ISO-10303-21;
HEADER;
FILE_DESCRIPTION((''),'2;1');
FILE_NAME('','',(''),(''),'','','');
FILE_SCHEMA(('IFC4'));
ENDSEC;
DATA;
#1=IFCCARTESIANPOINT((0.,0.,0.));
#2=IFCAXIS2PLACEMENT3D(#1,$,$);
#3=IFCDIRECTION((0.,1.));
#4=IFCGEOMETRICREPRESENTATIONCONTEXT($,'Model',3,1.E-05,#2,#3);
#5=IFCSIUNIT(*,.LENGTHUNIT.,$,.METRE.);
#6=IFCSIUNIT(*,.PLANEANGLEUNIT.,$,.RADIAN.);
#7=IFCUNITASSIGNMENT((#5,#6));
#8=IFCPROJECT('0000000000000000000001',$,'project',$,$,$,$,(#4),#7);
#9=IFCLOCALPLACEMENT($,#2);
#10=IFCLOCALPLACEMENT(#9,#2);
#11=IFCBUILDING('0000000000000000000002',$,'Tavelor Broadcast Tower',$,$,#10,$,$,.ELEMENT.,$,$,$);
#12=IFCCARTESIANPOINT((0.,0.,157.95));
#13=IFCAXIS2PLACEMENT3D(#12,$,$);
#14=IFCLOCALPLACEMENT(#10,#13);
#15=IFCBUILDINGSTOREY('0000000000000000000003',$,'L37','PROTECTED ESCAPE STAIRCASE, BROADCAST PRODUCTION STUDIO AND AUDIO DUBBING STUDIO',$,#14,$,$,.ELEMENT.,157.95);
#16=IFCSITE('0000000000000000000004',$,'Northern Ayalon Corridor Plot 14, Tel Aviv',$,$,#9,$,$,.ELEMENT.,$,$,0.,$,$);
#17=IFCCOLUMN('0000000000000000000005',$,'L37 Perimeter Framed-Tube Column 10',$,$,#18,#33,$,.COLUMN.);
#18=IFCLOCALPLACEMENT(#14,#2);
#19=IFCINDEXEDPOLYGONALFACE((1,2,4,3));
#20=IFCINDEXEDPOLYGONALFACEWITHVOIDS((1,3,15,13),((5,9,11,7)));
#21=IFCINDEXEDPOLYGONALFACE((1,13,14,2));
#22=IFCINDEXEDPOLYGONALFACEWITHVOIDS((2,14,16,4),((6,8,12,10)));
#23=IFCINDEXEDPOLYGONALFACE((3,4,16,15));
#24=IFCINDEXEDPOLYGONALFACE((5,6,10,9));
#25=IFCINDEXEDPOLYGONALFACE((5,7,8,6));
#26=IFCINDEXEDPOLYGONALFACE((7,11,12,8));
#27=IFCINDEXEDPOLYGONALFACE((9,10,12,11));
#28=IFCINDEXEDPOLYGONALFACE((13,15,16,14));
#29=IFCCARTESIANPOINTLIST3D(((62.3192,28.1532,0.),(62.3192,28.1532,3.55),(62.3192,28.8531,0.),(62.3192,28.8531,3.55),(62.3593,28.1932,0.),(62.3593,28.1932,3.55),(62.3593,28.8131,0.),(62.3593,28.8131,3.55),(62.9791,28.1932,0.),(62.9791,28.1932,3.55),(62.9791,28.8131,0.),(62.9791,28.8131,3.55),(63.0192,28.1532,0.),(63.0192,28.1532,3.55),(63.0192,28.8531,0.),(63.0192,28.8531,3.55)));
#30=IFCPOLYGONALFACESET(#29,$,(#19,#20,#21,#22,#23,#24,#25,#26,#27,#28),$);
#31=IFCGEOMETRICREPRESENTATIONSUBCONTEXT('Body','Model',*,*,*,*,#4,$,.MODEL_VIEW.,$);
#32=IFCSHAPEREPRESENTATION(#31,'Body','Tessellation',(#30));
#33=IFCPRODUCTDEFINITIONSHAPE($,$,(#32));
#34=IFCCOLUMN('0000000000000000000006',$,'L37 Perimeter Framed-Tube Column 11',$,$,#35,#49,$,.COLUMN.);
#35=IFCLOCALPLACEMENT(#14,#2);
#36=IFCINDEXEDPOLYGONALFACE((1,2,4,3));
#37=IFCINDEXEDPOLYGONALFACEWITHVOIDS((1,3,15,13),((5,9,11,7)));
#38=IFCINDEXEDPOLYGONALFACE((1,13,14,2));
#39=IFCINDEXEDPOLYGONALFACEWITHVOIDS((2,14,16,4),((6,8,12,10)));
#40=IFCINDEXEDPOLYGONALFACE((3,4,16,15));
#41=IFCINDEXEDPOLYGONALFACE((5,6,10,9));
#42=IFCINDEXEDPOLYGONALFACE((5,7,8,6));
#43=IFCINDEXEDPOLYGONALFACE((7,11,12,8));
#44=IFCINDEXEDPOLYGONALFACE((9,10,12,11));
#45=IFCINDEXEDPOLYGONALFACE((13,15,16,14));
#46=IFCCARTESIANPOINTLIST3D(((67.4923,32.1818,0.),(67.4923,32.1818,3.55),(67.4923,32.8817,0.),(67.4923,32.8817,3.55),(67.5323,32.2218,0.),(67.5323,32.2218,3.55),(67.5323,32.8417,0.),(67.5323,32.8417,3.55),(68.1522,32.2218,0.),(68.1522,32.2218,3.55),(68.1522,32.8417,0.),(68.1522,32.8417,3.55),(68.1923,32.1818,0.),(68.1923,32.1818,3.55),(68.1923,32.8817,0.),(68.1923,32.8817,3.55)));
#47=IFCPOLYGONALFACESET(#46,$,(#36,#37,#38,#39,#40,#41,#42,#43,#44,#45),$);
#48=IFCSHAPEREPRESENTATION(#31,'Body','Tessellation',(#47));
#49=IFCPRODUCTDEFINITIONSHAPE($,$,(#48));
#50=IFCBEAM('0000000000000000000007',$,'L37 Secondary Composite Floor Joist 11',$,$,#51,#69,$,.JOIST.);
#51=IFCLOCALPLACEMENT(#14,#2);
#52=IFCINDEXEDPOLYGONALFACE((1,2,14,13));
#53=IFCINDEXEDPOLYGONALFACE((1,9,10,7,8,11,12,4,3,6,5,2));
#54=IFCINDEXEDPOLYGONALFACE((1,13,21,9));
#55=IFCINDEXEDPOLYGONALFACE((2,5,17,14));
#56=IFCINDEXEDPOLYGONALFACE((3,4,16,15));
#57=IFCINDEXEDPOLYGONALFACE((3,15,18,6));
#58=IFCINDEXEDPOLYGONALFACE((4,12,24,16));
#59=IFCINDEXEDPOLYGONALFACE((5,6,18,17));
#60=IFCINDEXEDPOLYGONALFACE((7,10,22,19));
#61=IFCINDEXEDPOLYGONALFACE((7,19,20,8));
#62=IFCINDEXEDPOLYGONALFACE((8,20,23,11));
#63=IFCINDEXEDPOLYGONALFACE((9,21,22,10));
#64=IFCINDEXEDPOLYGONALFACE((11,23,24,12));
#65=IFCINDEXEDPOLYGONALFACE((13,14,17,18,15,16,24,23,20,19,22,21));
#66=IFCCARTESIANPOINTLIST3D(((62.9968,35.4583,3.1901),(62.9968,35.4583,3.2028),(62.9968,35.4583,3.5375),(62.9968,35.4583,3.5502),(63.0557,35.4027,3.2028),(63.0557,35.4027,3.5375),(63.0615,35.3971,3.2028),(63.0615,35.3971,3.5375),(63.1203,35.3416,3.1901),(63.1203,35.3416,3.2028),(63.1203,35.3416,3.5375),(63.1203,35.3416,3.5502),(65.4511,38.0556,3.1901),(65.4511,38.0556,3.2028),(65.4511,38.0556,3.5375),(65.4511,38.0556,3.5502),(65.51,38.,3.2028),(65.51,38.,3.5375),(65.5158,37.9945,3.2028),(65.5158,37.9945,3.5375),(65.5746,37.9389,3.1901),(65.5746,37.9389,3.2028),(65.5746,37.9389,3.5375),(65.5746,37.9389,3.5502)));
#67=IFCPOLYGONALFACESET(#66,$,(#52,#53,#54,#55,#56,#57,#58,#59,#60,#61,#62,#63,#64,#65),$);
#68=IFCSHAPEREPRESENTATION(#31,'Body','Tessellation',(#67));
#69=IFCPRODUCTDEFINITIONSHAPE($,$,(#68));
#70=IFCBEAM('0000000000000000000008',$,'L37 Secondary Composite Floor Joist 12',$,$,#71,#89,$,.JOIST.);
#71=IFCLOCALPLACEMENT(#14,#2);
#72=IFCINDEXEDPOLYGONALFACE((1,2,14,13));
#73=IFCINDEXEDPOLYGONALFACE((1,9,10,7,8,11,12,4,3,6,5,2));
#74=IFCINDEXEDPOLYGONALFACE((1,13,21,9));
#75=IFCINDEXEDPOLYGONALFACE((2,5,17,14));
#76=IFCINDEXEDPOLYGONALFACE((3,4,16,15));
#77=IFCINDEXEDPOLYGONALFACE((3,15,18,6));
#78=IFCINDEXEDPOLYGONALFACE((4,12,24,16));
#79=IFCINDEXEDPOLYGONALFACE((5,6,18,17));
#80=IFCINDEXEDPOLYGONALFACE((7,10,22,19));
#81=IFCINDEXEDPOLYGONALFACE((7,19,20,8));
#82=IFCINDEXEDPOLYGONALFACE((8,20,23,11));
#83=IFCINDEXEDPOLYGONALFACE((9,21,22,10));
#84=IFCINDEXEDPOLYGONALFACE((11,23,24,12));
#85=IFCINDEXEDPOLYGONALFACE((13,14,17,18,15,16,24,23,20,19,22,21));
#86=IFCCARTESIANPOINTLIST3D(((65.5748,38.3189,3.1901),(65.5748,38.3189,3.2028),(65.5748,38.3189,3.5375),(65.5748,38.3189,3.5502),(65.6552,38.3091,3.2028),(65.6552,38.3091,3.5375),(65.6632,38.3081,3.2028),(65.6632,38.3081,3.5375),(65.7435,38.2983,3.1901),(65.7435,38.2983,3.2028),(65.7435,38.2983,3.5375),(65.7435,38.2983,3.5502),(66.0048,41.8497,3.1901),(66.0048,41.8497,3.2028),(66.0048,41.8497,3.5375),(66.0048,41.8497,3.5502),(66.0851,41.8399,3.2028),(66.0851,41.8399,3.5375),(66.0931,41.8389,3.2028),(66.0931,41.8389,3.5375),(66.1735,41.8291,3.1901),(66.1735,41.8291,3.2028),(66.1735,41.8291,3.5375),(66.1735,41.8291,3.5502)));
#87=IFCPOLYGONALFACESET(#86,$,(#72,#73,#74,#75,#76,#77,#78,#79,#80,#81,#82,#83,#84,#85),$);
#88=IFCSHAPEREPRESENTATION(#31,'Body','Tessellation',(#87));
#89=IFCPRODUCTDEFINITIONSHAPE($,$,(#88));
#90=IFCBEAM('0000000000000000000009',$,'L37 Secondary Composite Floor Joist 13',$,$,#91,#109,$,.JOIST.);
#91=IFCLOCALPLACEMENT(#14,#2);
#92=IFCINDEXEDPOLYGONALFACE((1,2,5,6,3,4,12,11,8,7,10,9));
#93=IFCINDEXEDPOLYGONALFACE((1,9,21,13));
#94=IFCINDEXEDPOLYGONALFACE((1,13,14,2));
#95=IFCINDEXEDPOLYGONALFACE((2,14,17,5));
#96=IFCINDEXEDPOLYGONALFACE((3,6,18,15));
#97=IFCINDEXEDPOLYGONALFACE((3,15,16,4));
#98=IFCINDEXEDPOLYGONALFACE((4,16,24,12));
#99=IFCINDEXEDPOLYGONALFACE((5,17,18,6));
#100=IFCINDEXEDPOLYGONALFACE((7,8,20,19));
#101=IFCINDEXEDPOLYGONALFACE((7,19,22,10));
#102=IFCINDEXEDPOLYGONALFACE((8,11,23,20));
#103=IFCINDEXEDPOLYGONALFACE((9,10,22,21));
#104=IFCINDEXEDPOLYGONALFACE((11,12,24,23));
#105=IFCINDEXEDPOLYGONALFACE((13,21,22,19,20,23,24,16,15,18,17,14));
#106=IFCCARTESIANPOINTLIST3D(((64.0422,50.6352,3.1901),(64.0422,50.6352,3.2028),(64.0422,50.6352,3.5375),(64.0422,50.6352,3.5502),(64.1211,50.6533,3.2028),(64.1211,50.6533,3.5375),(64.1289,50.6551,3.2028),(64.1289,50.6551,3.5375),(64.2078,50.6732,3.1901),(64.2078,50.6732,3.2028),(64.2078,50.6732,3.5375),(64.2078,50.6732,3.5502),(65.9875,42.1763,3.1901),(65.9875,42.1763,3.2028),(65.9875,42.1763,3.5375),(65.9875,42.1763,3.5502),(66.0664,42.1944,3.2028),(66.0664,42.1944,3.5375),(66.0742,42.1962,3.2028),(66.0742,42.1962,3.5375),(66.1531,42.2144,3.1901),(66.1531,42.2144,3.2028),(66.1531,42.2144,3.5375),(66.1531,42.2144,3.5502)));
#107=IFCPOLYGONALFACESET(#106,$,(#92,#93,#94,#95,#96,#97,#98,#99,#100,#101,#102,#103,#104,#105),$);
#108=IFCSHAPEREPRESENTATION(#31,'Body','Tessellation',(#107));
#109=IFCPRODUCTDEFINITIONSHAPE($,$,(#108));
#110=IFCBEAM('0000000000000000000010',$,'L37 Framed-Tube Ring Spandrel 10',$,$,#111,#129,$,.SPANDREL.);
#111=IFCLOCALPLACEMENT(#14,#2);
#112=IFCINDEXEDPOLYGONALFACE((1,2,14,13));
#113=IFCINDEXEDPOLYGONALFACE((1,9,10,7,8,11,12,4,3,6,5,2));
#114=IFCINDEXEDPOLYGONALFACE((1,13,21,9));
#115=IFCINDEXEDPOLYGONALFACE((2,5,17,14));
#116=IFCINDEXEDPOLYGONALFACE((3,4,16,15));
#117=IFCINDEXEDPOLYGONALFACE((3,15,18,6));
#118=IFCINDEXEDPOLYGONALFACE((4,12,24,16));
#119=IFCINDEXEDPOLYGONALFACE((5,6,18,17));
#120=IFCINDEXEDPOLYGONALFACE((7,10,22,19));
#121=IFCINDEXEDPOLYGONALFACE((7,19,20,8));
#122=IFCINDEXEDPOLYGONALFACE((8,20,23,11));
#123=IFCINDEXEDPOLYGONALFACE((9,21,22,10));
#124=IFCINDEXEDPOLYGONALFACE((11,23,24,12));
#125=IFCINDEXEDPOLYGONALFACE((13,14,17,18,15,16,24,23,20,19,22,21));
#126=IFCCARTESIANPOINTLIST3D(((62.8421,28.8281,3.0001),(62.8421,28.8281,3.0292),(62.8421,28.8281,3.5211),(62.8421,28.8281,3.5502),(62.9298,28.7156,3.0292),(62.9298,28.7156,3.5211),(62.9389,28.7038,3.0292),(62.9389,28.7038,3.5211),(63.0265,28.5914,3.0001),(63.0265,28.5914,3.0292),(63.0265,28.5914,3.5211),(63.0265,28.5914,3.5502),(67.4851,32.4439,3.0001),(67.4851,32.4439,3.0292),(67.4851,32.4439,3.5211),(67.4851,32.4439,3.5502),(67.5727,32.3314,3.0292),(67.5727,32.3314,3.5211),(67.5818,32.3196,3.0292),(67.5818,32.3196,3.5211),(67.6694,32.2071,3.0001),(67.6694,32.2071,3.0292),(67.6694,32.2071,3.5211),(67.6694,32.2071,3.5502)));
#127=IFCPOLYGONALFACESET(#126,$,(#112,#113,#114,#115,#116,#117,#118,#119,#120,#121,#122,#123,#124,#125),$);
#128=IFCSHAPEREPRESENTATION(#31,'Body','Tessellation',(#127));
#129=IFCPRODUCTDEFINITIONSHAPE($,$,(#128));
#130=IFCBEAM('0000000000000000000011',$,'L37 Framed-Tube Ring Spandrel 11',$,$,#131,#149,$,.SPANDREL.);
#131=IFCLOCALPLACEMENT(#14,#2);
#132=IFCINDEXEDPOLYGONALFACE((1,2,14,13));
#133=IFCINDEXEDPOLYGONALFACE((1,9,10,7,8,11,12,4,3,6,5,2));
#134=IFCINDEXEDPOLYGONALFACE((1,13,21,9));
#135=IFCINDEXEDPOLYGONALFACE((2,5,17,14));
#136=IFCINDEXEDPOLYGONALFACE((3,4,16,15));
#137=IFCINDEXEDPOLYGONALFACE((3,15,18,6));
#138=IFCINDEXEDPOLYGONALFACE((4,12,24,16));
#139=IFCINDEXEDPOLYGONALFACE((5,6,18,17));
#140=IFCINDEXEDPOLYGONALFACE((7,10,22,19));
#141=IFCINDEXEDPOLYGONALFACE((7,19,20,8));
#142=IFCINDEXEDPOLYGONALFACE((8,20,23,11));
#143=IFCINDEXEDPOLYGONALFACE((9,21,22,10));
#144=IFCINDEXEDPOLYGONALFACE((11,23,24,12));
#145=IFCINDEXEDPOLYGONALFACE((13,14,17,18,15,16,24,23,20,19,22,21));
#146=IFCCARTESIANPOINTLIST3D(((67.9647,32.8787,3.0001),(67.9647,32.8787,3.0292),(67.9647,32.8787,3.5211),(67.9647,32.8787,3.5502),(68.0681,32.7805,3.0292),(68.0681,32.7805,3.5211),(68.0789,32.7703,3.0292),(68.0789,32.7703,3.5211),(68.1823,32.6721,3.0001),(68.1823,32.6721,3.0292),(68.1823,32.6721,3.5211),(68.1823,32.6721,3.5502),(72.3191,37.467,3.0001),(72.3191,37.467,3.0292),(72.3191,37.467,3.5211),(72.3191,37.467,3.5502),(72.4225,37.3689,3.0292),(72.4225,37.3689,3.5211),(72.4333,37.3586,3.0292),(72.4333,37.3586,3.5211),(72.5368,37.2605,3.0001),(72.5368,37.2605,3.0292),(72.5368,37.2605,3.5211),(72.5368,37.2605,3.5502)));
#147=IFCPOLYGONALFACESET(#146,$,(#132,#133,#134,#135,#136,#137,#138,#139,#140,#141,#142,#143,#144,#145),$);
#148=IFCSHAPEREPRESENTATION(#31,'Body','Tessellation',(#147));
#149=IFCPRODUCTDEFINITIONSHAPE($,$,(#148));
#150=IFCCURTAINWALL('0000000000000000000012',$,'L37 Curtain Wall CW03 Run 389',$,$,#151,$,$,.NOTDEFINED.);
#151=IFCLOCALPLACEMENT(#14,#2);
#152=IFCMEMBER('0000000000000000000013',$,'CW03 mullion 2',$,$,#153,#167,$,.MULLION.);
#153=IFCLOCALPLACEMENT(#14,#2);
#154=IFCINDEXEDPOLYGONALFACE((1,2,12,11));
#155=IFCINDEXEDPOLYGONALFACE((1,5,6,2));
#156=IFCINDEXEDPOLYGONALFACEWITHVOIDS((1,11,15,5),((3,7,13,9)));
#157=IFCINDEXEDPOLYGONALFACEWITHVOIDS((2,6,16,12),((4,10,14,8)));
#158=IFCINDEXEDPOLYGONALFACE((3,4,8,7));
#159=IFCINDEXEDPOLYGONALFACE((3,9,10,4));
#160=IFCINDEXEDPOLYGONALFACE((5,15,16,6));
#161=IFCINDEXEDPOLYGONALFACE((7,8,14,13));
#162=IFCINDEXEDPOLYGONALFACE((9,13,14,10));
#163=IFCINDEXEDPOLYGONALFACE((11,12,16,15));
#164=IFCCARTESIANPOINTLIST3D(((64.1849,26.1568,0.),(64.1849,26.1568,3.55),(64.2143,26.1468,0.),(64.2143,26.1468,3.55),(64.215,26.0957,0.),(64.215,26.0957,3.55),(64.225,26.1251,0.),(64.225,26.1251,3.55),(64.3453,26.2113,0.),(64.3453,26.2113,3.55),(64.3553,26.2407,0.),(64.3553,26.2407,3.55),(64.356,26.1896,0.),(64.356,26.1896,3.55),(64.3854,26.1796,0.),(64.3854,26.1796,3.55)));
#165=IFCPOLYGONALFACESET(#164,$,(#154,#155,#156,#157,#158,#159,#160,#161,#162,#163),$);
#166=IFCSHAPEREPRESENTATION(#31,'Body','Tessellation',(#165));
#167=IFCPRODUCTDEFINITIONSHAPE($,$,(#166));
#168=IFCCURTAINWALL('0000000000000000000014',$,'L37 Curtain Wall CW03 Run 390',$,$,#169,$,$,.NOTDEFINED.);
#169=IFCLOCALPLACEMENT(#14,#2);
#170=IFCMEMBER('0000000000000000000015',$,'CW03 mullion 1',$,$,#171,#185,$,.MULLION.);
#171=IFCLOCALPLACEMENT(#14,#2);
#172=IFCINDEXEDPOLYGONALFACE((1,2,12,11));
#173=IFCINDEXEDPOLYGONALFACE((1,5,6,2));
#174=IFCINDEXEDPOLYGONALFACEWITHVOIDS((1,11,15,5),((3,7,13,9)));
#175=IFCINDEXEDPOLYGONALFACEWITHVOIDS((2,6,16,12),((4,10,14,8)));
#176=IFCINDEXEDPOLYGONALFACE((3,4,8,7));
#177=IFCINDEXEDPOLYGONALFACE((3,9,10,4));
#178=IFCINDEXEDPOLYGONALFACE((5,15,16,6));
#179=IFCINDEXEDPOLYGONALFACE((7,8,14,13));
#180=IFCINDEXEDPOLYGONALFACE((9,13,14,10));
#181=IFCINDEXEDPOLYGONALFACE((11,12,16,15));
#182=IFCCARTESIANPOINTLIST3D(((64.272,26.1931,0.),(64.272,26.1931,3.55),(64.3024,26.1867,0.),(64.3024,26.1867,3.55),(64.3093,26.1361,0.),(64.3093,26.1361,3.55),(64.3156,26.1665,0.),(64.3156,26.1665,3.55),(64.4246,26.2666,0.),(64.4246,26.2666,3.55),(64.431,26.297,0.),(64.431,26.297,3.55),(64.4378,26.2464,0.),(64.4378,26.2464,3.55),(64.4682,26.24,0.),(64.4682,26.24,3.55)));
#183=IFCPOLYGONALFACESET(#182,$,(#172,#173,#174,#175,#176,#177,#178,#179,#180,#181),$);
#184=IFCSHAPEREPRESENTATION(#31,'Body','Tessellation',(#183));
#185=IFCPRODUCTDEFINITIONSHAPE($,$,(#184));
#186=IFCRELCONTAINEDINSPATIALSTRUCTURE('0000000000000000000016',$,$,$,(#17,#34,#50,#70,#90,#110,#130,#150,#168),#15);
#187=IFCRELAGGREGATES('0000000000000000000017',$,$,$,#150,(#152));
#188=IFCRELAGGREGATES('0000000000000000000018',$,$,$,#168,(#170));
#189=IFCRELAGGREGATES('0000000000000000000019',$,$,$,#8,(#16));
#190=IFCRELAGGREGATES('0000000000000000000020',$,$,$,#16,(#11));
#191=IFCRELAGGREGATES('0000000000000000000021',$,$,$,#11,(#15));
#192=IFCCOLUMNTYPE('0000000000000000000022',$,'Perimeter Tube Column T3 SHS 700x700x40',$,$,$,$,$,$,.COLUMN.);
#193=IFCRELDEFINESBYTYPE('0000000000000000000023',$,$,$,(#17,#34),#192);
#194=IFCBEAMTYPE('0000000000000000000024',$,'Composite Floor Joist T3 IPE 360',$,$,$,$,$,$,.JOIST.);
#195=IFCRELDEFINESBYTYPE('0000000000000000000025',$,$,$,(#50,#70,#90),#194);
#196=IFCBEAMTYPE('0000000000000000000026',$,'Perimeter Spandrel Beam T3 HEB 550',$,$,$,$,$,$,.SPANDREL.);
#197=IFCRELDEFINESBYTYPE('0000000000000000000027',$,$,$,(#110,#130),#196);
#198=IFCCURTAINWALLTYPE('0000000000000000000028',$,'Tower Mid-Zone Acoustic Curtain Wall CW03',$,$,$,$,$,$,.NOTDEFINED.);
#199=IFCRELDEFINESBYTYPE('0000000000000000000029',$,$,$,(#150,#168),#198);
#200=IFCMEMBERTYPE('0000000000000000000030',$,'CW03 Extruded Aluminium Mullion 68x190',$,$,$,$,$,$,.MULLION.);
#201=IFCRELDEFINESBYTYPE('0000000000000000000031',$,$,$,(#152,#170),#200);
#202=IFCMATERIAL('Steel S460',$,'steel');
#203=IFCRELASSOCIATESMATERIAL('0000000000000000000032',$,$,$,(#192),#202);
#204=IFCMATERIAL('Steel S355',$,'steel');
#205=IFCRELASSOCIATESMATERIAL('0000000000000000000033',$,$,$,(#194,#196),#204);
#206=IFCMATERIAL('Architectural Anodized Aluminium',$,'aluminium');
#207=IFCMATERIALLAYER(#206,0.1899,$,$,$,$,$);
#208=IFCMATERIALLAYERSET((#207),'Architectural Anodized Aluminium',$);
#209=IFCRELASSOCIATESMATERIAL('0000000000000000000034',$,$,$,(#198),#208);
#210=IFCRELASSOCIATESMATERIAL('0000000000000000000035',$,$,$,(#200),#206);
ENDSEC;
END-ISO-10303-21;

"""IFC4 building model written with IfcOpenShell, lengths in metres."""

from ifc_helpers import new_model, si_unit, direction, frame, origin, origin_2d, place, context, subcontext, project, spatial, hollow_rectangle, i_section, extrude, source, transform, mapped, material, layer, layer_set, material_profile, profile_set, type_object, type_shapes, element, aggregate, save


model = new_model("IFC4")

# Units and contexts
model_context = context("Model", 3, precision=1e-05, world=origin(), true_north=direction((0.0, 1.0)))
body_context = subcontext(model_context, "Body", "Model", "MODEL_VIEW")
ifc_project = project(units=[si_unit("LENGTHUNIT", "METRE"), si_unit("PLANEANGLEUNIT", "RADIAN")], contexts=[model_context])

# Site, building, storey
site_placement = place(None, origin())
site = spatial("IfcSite", under=ifc_project, at=site_placement, Name="Northern Ayalon Corridor Plot 14, Tel Aviv", CompositionType="ELEMENT", RefElevation=0.0)
building_placement = place(site_placement, origin())
building = spatial("IfcBuilding", under=site, at=building_placement, Name="Tavelor Broadcast Tower", CompositionType="ELEMENT")
storey_placement = place(building_placement, frame((0.0, 0.0, 157.95)))
storey = spatial("IfcBuildingStorey", under=building, at=storey_placement, Name="L37", Description="PROTECTED ESCAPE STAIRCASE, BROADCAST PRODUCTION STUDIO AND AUDIO DUBBING STUDIO", CompositionType="ELEMENT", Elevation=157.95)

# Columns
ifc_material_1 = material(Name="Steel S460", Category="steel")
ifc_material_profile_1 = material_profile(ifc_material_1, hollow_rectangle(XDim=0.7, YDim=0.7, WallThickness=0.04, at=origin_2d()), Name="SHS 700x700x40")
ifc_profile_set_1 = profile_set([ifc_material_profile_1], Name="Steel S460")
column_type = type_object("IfcColumnType", Name="Perimeter Tube Column T3 SHS 700x700x40", PredefinedType="COLUMN", material=ifc_profile_set_1)
for number, where, z_axis, x_axis, name in (
    (1, (62.6692, 28.5032, 0.0), (0.0, 0.0, 1.0), (1.0, 0.0, 0.0), "L37 Perimeter Framed-Tube Column 10"),
    (2, (67.8423, 32.5317, 0.0), (0.0, 0.0, 1.0), (1.0, 0.0, 0.0), "L37 Perimeter Framed-Tube Column 11"),
):
    element("IfcColumn", number, at=place(storey_placement, frame(where, z_axis=z_axis, x_axis=x_axis)), inside=storey, type_object=column_type, Name=name, PredefinedType="COLUMN", context=body_context, shape_type="SweptSolid", body=[
        extrude(hollow_rectangle(XDim=0.7, YDim=0.7, WallThickness=0.04, at=origin_2d()), origin(), (0.0, 0.0, 1.0), 3.55),
    ])

# Beams
ifc_material_2 = material(Name="Steel S355", Category="steel")
ifc_material_profile_2 = material_profile(ifc_material_2, i_section(OverallWidth=0.1699, OverallDepth=0.3601, WebThickness=0.0081, FlangeThickness=0.0127, at=origin_2d()), Name="IPE 360")
ifc_profile_set_2 = profile_set([ifc_material_profile_2], Name="Steel S355")
beam_type_1 = type_object("IfcBeamType", Name="Composite Floor Joist T3 IPE 360", PredefinedType="JOIST", material=ifc_profile_set_2)
beam_1_placement = place(storey_placement, frame((63.0586, 35.3999, 3.3701), z_axis=(0.686806, 0.726841, 0.0), x_axis=(-0.726841, 0.686806, 0.0)))
element("IfcBeam", 3, at=beam_1_placement, inside=storey, type_object=beam_type_1, Name="L37 Secondary Composite Floor Joist 11", PredefinedType="JOIST", context=body_context, shape_type="SweptSolid", body=[
    extrude(i_section(OverallWidth=0.1699, OverallDepth=0.3601, WebThickness=0.0081, FlangeThickness=0.0127, at=origin_2d()), origin(), (0.0, 0.0, 1.0), 3.5735),
])
beam_2_placement = place(storey_placement, frame((65.6592, 38.3086, 3.3701), z_axis=(0.120875, 0.992668, 0.0), x_axis=(-0.992668, 0.120875, 0.0)))
element("IfcBeam", 4, at=beam_2_placement, inside=storey, type_object=beam_type_1, Name="L37 Secondary Composite Floor Joist 12", PredefinedType="JOIST", context=body_context, shape_type="SweptSolid", body=[
    extrude(i_section(OverallWidth=0.1699, OverallDepth=0.3601, WebThickness=0.0081, FlangeThickness=0.0127, at=origin_2d()), origin(), (0.0, 0.0, 1.0), 3.5569),
])
beam_3_placement = place(storey_placement, frame((66.0703, 42.1953, 3.3701), z_axis=(-0.22412, 0.974562, 0.0), x_axis=(-0.974562, -0.22412, 0.0)))
element("IfcBeam", 5, at=beam_3_placement, inside=storey, type_object=beam_type_1, Name="L37 Secondary Composite Floor Joist 13", PredefinedType="JOIST", context=body_context, shape_type="SweptSolid", body=[
    extrude(i_section(OverallWidth=0.1699, OverallDepth=0.3601, WebThickness=0.0081, FlangeThickness=0.0127, at=origin_2d()), origin(), (0.0, 0.0, 1.0), 8.6797),
])
ifc_material_profile_3 = material_profile(ifc_material_2, i_section(OverallWidth=0.3, OverallDepth=0.55, WebThickness=0.0149, FlangeThickness=0.0291, at=origin_2d()), Name="HEB 550")
ifc_profile_set_3 = profile_set([ifc_material_profile_3], Name="Steel S355")
beam_type_2 = type_object("IfcBeamType", Name="Perimeter Spandrel Beam T3 HEB 550", PredefinedType="SPANDREL", material=ifc_profile_set_3)
beam_4_placement = place(storey_placement, frame((62.9343, 28.7097, 3.2751), z_axis=(0.78897, 0.614432, 0.0), x_axis=(-0.614432, 0.78897, 0.0)))
element("IfcBeam", 6, at=beam_4_placement, inside=storey, type_object=beam_type_2, Name="L37 Framed-Tube Ring Spandrel 10", PredefinedType="SPANDREL", context=body_context, shape_type="SweptSolid", body=[
    extrude(i_section(OverallWidth=0.3, OverallDepth=0.55, WebThickness=0.0149, FlangeThickness=0.0291, at=origin_2d()), origin(), (0.0, 0.0, 1.0), 5.8848),
])
beam_5_placement = place(storey_placement, frame((68.0735, 32.7754, 3.2751), z_axis=(0.688378, 0.725352, 0.0), x_axis=(-0.725352, 0.688378, 0.0)))
element("IfcBeam", 7, at=beam_5_placement, inside=storey, type_object=beam_type_2, Name="L37 Framed-Tube Ring Spandrel 11", PredefinedType="SPANDREL", context=body_context, shape_type="SweptSolid", body=[
    extrude(i_section(OverallWidth=0.3, OverallDepth=0.55, WebThickness=0.0149, FlangeThickness=0.0291, at=origin_2d()), origin(), (0.0, 0.0, 1.0), 6.3257),
])

# Curtain wall, member
ifc_material_3 = material(Name="Architectural Anodized Aluminium", Category="aluminium")
ifc_layer_1 = layer(ifc_material_3, 0.1899)
ifc_layer_set_1 = layer_set([ifc_layer_1], Name="Architectural Anodized Aluminium")
curtain_wall_type = type_object("IfcCurtainWallType", Name="Tower Mid-Zone Acoustic Curtain Wall CW03", PredefinedType="NOTDEFINED", material=ifc_layer_set_1)
curtain_wall_1_placement = place(storey_placement, origin())
curtain_wall_1 = element("IfcCurtainWall", 8, at=curtain_wall_1_placement, inside=storey, type_object=curtain_wall_type, Name="L37 Curtain Wall CW03 Run 389", PredefinedType="NOTDEFINED")
ifc_material_profile_4 = material_profile(ifc_material_3, hollow_rectangle(XDim=0.0681, YDim=0.1899, WallThickness=0.022, at=origin_2d()), Name="RHS 68x190x22")
ifc_profile_set_4 = profile_set([ifc_material_profile_4], Name="Architectural Anodized Aluminium")
member_type_1 = type_object("IfcMemberType", Name="CW03 Extruded Aluminium Mullion 68x190", PredefinedType="MULLION", material=ifc_profile_set_4)
shared_shape_1 = source(origin(), body_context, "Body", "SweptSolid", [
    extrude(hollow_rectangle(XDim=0.0681, YDim=0.1899, WallThickness=0.022, at=origin_2d()), origin(), (0.0, 0.0, 1.0), 3.55),
])
type_shapes(member_type_1, [shared_shape_1])
member_1_placement = place(storey_placement, frame((64.2852, 26.1682, 0.0), z_axis=(0.0, 0.0, 1.0), x_axis=(-0.441896, 0.897066, 0.0)))
member_1 = element("IfcMember", 9, at=member_1_placement, type_object=member_type_1, Name="CW03 mullion 2", PredefinedType="MULLION", context=body_context, shape_type="MappedRepresentation", body=[
    mapped(shared_shape_1, transform((0.0, 0.0, 0.0), scale=1.0)),
])
aggregate(curtain_wall_1, [member_1])

# Curtain wall, member
curtain_wall_2_placement = place(storey_placement, origin())
curtain_wall_2 = element("IfcCurtainWall", 10, at=curtain_wall_2_placement, inside=storey, type_object=curtain_wall_type, Name="L37 Curtain Wall CW03 Run 390", PredefinedType="NOTDEFINED")
member_2_placement = place(storey_placement, frame((64.3701, 26.2166, 0.0), z_axis=(0.0, 0.0, 1.0), x_axis=(-0.547212, 0.836994, 0.0)))
member_2 = element("IfcMember", 11, at=member_2_placement, type_object=member_type_1, Name="CW03 mullion 1", PredefinedType="MULLION", context=body_context, shape_type="MappedRepresentation", body=[
    mapped(shared_shape_1, transform((0.0, 0.0, 0.0), scale=1.0)),
])

aggregate(curtain_wall_2, [member_2])

save(model, "model.ifc")
